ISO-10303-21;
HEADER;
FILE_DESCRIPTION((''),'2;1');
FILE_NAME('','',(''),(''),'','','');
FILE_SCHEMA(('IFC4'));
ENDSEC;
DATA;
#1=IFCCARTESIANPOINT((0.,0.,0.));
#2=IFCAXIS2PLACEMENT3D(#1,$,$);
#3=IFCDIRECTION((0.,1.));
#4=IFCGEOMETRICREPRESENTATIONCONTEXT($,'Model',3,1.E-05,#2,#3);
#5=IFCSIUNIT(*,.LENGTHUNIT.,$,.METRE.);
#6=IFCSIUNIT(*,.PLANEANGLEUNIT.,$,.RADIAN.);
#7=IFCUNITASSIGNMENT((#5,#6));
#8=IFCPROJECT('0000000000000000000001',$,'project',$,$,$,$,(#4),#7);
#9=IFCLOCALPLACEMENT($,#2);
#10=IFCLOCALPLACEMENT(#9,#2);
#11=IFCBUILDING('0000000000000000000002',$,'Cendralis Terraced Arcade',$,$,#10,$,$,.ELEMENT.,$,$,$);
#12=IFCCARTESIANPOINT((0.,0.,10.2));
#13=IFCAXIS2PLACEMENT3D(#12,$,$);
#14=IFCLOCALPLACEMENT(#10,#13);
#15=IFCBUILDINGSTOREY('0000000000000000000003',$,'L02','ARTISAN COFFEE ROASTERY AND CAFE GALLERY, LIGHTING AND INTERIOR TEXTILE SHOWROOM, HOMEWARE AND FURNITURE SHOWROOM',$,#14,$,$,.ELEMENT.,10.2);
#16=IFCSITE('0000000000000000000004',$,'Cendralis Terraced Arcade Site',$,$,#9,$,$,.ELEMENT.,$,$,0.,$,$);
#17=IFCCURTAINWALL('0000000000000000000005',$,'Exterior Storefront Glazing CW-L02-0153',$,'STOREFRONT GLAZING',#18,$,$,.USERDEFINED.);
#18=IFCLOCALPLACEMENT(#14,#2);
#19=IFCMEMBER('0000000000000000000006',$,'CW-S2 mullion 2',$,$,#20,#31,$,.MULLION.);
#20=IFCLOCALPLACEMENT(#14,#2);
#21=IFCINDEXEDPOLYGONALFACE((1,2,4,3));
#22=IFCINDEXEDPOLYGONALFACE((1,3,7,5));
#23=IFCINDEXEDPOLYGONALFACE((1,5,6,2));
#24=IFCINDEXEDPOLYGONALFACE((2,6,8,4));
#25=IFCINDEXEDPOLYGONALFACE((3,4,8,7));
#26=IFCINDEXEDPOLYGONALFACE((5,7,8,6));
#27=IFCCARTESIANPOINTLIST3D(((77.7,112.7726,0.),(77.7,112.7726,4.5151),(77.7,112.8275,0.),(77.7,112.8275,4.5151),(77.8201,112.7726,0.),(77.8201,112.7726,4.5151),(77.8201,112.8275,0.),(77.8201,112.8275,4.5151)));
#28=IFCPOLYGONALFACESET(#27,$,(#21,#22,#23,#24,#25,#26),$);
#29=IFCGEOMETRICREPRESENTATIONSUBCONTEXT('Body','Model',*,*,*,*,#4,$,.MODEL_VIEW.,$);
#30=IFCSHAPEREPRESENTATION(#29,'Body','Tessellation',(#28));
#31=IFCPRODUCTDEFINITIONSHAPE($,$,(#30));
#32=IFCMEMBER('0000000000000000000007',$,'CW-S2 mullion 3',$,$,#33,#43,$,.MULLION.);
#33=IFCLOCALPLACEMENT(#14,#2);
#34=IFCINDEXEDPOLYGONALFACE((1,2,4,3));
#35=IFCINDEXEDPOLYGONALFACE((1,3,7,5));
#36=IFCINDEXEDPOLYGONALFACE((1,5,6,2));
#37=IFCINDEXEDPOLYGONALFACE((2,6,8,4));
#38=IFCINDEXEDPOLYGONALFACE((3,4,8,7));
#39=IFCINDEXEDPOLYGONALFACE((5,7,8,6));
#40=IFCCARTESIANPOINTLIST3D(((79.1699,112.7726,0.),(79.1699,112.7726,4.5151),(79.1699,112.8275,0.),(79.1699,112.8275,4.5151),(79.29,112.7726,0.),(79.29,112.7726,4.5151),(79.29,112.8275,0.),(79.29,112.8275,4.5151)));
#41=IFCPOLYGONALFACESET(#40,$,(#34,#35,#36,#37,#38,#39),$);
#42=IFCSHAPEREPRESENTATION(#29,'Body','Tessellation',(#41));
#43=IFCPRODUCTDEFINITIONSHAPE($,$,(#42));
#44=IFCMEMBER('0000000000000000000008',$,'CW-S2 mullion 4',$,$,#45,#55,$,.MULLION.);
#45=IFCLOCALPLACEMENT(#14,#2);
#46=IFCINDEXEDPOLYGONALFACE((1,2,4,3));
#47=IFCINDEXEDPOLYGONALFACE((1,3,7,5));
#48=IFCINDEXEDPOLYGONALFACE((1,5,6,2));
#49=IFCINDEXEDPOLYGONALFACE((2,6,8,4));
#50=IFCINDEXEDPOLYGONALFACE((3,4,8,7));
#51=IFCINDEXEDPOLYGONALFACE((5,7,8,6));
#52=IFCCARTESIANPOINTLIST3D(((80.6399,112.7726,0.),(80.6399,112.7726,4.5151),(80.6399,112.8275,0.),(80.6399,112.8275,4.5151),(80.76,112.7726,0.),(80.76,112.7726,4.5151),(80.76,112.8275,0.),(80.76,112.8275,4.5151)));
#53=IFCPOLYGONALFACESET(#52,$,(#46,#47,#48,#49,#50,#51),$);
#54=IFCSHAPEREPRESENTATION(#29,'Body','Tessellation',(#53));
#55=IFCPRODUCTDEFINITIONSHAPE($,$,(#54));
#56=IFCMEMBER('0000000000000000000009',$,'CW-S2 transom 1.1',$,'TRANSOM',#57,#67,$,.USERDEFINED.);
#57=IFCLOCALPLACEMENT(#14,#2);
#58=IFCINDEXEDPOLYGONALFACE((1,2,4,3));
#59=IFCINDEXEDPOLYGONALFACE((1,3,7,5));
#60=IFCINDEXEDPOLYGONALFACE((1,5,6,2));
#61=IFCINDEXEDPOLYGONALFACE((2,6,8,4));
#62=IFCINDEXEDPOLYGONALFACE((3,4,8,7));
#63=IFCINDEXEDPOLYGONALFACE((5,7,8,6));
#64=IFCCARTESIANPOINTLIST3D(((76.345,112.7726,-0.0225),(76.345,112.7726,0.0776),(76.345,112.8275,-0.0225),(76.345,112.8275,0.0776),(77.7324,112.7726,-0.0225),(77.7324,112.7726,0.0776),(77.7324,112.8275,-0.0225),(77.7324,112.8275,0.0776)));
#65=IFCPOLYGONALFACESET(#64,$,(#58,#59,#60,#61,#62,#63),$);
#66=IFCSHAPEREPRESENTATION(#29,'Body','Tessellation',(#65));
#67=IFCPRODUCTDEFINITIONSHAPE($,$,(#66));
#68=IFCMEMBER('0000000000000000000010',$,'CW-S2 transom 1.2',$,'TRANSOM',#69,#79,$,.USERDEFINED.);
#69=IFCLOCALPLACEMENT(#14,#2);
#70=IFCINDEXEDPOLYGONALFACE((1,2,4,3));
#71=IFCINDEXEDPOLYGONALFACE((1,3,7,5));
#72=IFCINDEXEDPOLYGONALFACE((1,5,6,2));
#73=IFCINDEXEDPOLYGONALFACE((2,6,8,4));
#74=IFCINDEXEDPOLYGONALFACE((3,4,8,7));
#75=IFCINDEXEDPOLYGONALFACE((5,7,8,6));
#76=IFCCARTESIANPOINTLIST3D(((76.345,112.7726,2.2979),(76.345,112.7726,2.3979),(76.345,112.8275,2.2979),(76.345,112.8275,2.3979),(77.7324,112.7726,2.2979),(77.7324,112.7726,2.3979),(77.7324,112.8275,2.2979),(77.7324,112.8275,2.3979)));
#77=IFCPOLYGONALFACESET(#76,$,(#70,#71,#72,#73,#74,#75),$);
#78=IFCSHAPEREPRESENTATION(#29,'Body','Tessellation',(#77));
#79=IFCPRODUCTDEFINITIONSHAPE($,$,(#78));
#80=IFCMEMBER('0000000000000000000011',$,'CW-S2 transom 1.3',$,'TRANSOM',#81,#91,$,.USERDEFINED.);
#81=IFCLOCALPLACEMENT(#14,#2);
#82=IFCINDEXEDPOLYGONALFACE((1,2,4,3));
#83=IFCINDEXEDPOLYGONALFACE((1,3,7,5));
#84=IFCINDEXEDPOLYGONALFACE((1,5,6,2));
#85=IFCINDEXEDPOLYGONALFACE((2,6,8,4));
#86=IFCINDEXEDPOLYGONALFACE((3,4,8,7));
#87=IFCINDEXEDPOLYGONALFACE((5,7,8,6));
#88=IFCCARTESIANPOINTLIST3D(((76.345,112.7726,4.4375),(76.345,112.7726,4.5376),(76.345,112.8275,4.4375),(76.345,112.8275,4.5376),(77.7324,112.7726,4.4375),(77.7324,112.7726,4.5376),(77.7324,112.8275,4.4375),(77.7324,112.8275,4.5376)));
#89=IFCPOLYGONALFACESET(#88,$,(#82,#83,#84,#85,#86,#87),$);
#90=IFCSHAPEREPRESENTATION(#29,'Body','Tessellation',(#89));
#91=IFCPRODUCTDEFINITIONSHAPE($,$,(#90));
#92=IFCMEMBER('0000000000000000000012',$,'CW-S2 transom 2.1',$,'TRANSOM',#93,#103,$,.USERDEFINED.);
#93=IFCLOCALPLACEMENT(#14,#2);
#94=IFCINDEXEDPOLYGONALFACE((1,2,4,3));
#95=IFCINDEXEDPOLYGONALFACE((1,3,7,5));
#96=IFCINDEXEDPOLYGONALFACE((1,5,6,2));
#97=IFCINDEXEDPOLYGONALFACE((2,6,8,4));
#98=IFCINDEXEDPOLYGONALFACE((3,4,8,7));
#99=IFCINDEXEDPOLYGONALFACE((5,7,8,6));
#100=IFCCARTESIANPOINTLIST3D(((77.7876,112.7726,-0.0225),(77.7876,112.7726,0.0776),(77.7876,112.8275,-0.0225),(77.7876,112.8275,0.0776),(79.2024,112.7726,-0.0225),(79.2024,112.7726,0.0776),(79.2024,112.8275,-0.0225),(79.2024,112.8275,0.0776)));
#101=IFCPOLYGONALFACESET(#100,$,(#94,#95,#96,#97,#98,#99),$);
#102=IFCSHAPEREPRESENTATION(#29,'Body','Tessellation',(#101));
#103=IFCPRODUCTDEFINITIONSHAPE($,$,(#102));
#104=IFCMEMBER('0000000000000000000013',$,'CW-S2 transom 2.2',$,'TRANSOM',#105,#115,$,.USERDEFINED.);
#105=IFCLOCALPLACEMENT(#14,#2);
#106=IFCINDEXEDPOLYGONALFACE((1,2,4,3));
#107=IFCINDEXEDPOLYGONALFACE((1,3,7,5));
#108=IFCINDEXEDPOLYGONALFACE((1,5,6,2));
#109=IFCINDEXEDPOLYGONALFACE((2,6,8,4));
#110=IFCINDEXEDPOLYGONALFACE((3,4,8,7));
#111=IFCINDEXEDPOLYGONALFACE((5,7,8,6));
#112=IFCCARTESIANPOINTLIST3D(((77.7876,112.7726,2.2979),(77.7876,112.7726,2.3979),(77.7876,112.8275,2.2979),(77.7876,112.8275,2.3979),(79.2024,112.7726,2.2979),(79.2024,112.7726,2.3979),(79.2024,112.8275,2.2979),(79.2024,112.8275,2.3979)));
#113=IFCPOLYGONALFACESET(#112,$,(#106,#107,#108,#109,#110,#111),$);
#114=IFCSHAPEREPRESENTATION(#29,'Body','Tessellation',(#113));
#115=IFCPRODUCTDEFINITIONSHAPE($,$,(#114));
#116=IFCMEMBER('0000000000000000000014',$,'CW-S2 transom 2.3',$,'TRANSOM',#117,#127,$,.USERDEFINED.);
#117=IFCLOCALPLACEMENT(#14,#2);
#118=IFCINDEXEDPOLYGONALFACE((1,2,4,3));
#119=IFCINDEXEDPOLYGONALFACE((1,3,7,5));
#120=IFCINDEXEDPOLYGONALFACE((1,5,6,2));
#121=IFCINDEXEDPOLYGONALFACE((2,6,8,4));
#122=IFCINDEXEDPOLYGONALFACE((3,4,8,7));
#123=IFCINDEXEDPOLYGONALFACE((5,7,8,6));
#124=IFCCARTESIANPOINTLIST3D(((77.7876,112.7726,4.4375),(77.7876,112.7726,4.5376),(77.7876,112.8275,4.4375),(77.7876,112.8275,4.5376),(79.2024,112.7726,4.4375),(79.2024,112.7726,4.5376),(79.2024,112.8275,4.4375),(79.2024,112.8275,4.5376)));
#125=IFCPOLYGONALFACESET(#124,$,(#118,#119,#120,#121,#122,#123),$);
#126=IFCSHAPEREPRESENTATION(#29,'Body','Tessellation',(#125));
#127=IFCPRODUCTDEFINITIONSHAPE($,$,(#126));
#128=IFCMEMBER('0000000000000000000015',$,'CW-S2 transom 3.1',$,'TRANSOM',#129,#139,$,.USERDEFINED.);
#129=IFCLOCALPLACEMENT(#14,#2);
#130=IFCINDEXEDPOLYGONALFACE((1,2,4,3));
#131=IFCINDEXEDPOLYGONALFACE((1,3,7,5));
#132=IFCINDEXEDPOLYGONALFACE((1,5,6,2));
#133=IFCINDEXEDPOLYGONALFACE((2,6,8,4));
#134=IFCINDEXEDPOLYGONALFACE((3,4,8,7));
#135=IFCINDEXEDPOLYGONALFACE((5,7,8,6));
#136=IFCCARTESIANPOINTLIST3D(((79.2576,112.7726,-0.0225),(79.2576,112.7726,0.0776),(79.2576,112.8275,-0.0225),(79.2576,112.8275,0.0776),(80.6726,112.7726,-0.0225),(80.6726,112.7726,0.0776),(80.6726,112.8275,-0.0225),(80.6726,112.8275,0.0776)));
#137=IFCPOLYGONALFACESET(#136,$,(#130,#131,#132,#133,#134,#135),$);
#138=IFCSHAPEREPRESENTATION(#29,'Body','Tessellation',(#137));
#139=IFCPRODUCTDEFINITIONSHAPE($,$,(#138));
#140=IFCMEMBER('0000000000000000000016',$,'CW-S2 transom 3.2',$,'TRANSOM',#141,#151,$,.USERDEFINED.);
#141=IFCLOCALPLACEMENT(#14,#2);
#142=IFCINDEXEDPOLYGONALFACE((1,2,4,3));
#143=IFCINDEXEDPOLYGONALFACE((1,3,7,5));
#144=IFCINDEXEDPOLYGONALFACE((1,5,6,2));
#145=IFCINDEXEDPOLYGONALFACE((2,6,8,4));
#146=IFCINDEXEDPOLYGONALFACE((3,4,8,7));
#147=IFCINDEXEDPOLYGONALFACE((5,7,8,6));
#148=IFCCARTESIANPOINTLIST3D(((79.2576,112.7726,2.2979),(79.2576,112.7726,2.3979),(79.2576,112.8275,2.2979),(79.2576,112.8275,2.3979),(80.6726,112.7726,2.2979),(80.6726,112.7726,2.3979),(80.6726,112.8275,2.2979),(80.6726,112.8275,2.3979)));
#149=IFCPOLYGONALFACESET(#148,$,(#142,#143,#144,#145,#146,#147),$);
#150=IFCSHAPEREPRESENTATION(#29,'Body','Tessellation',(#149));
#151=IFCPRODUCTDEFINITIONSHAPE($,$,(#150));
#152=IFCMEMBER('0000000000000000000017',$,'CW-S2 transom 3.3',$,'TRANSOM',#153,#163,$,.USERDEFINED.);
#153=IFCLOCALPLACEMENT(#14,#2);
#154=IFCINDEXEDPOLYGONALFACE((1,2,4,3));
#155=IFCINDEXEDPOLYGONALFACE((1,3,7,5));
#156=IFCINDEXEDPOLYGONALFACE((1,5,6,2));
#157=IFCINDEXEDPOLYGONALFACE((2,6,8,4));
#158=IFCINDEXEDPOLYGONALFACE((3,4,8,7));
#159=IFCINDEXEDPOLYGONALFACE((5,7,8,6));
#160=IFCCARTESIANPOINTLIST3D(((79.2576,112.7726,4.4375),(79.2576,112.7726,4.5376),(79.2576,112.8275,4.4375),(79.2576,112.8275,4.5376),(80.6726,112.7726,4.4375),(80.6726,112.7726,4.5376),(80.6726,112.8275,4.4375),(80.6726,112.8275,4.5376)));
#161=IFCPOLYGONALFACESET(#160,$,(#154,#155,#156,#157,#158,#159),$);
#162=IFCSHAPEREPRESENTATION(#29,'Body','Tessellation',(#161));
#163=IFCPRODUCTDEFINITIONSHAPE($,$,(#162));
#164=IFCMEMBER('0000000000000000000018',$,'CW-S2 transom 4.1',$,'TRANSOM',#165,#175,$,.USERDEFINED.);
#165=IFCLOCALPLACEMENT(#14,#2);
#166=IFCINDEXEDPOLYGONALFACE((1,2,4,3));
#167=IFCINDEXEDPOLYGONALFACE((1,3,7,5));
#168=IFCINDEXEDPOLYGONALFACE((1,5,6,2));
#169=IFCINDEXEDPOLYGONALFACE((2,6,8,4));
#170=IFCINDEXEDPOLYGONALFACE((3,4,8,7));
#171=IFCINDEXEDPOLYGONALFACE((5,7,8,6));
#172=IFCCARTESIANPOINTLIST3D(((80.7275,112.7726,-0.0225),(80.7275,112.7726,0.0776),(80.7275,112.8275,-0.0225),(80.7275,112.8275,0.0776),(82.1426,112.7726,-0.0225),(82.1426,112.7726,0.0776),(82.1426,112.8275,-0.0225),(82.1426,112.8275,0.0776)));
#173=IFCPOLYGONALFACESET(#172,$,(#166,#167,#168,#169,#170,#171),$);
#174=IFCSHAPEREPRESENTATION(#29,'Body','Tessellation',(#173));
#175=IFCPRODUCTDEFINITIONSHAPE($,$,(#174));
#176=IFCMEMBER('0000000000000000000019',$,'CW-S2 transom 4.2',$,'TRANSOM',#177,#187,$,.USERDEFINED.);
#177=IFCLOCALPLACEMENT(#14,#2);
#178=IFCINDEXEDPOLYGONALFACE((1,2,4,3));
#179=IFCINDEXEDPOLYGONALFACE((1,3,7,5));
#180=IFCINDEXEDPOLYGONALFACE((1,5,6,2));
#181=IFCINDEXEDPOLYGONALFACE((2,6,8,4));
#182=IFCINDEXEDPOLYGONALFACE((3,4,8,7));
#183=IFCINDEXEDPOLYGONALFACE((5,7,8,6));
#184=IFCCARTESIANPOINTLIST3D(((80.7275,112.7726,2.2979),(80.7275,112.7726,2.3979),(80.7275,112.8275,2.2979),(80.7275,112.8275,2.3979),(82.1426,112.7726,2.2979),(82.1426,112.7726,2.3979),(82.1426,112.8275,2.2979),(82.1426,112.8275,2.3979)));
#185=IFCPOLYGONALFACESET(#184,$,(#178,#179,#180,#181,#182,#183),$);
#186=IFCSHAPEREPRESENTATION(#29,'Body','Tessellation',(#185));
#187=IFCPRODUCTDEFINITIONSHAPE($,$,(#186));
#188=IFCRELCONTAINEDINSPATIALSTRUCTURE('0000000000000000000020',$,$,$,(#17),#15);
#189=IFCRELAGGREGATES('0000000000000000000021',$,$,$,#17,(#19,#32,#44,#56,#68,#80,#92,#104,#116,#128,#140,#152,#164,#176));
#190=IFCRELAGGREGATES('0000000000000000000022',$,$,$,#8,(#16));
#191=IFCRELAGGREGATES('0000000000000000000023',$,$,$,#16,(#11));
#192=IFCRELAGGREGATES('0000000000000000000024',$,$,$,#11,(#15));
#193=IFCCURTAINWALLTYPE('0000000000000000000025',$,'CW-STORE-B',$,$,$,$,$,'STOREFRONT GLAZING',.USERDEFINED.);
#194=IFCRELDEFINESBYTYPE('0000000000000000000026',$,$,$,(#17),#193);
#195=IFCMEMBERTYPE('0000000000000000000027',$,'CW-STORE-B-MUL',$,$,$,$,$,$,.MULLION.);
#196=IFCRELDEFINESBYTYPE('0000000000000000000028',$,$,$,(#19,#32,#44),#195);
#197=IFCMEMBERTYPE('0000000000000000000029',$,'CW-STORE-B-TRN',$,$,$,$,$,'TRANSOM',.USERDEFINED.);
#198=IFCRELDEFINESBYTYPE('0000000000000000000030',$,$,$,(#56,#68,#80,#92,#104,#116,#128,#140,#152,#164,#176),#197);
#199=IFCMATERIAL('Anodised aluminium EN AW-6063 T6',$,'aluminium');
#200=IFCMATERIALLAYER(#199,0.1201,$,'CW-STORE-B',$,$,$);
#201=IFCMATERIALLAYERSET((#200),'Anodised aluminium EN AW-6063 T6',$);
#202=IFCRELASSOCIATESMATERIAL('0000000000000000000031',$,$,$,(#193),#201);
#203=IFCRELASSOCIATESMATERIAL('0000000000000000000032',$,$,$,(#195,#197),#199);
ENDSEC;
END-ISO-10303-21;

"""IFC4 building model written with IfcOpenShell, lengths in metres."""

from ifc_helpers import new_model, si_unit, direction, frame, origin, origin_2d, place, context, subcontext, project, spatial, rectangle, extrude, material, layer, layer_set, material_profile, profile_set, type_object, element, aggregate, save


model = new_model("IFC4")

# Units and contexts
model_context = context("Model", 3, precision=1e-05, world=origin(), true_north=direction((0.0, 1.0)))
body_context = subcontext(model_context, "Body", "Model", "MODEL_VIEW")
ifc_project = project(units=[si_unit("LENGTHUNIT", "METRE"), si_unit("PLANEANGLEUNIT", "RADIAN")], contexts=[model_context])

# Site, building, storey
site_placement = place(None, origin())
site = spatial("IfcSite", under=ifc_project, at=site_placement, Name="Cendralis Terraced Arcade Site", CompositionType="ELEMENT", RefElevation=0.0)
building_placement = place(site_placement, origin())
building = spatial("IfcBuilding", under=site, at=building_placement, Name="Cendralis Terraced Arcade", CompositionType="ELEMENT")
storey_placement = place(building_placement, frame((0.0, 0.0, 10.2)))
storey = spatial("IfcBuildingStorey", under=building, at=storey_placement, Name="L02", Description="ARTISAN COFFEE ROASTERY AND CAFE GALLERY, LIGHTING AND INTERIOR TEXTILE SHOWROOM, HOMEWARE AND FURNITURE SHOWROOM", CompositionType="ELEMENT", Elevation=10.2)

# Curtain wall, members
ifc_material_1 = material(Name="Anodised aluminium EN AW-6063 T6", Category="aluminium")
ifc_layer_1 = layer(ifc_material_1, 0.1201, Name="CW-STORE-B")
ifc_layer_set_1 = layer_set([ifc_layer_1], Name="Anodised aluminium EN AW-6063 T6")
curtain_wall_type = type_object("IfcCurtainWallType", Name="CW-STORE-B", ElementType="STOREFRONT GLAZING", PredefinedType="USERDEFINED", material=ifc_layer_set_1)
curtain_wall_placement = place(storey_placement, origin())
curtain_wall = element("IfcCurtainWall", 1, at=curtain_wall_placement, inside=storey, type_object=curtain_wall_type, Name="Exterior Storefront Glazing CW-L02-0153", ObjectType="STOREFRONT GLAZING", PredefinedType="USERDEFINED")
ifc_material_profile_1 = material_profile(ifc_material_1, rectangle(XDim=0.0549, YDim=0.1201, at=origin_2d()), Name="ALU-MUL-55x120")
ifc_profile_set_1 = profile_set([ifc_material_profile_1], Name="Anodised aluminium EN AW-6063 T6")
member_type_1 = type_object("IfcMemberType", Name="CW-STORE-B-MUL", PredefinedType="MULLION", material=ifc_profile_set_1)
member_1_placement = place(storey_placement, frame((77.76, 112.8, 0.0), z_axis=(0.0, 0.0, 1.0), x_axis=(0.0, 1.0, 0.0)))
member_1 = element("IfcMember", 2, at=member_1_placement, type_object=member_type_1, Name="CW-S2 mullion 2", PredefinedType="MULLION", context=body_context, shape_type="SweptSolid", body=[
    extrude(rectangle(XDim=0.0549, YDim=0.1201, at=origin_2d()), origin(), (0.0, 0.0, 1.0), 4.5151),
])
member_2_placement = place(storey_placement, frame((79.23, 112.8, 0.0), z_axis=(0.0, 0.0, 1.0), x_axis=(0.0, 1.0, 0.0)))
member_2 = element("IfcMember", 3, at=member_2_placement, type_object=member_type_1, Name="CW-S2 mullion 3", PredefinedType="MULLION", context=body_context, shape_type="SweptSolid", body=[
    extrude(rectangle(XDim=0.0549, YDim=0.1201, at=origin_2d()), origin(), (0.0, 0.0, 1.0), 4.5151),
])
member_3_placement = place(storey_placement, frame((80.7, 112.8, 0.0), z_axis=(0.0, 0.0, 1.0), x_axis=(0.0, 1.0, 0.0)))
member_3 = element("IfcMember", 4, at=member_3_placement, type_object=member_type_1, Name="CW-S2 mullion 4", PredefinedType="MULLION", context=body_context, shape_type="SweptSolid", body=[
    extrude(rectangle(XDim=0.0549, YDim=0.1201, at=origin_2d()), origin(), (0.0, 0.0, 1.0), 4.5151),
])
ifc_material_profile_2 = material_profile(ifc_material_1, rectangle(XDim=0.0549, YDim=0.1001, at=origin_2d()), Name="ALU-TRN-55x100")
ifc_profile_set_2 = profile_set([ifc_material_profile_2], Name="Anodised aluminium EN AW-6063 T6")
member_type_2 = type_object("IfcMemberType", Name="CW-STORE-B-TRN", ElementType="TRANSOM", PredefinedType="USERDEFINED", material=ifc_profile_set_2)
member_4_placement = place(storey_placement, frame((76.345, 112.8, 0.0276), z_axis=(1.0, 0.0, 0.0), x_axis=(0.0, 1.0, 0.0)))
member_4 = element("IfcMember", 5, at=member_4_placement, type_object=member_type_2, Name="CW-S2 transom 1.1", ObjectType="TRANSOM", PredefinedType="USERDEFINED", context=body_context, shape_type="SweptSolid", body=[
    extrude(rectangle(XDim=0.0549, YDim=0.1001, at=origin_2d()), origin(), (0.0, 0.0, 1.0), 1.3875),
])
member_5_placement = place(storey_placement, frame((76.345, 112.8, 2.3479), z_axis=(1.0, 0.0, 0.0), x_axis=(0.0, 1.0, 0.0)))
member_5 = element("IfcMember", 6, at=member_5_placement, type_object=member_type_2, Name="CW-S2 transom 1.2", ObjectType="TRANSOM", PredefinedType="USERDEFINED", context=body_context, shape_type="SweptSolid", body=[
    extrude(rectangle(XDim=0.0549, YDim=0.1001, at=origin_2d()), origin(), (0.0, 0.0, 1.0), 1.3875),
])
member_6_placement = place(storey_placement, frame((76.345, 112.8, 4.4875), z_axis=(1.0, 0.0, 0.0), x_axis=(0.0, 1.0, 0.0)))
member_6 = element("IfcMember", 7, at=member_6_placement, type_object=member_type_2, Name="CW-S2 transom 1.3", ObjectType="TRANSOM", PredefinedType="USERDEFINED", context=body_context, shape_type="SweptSolid", body=[
    extrude(rectangle(XDim=0.0549, YDim=0.1001, at=origin_2d()), origin(), (0.0, 0.0, 1.0), 1.3875),
])
member_7_placement = place(storey_placement, frame((77.7876, 112.8, 0.0276), z_axis=(1.0, 0.0, 0.0), x_axis=(0.0, 1.0, 0.0)))
member_7 = element("IfcMember", 8, at=member_7_placement, type_object=member_type_2, Name="CW-S2 transom 2.1", ObjectType="TRANSOM", PredefinedType="USERDEFINED", context=body_context, shape_type="SweptSolid", body=[
    extrude(rectangle(XDim=0.0549, YDim=0.1001, at=origin_2d()), origin(), (0.0, 0.0, 1.0), 1.4148),
])
member_8_placement = place(storey_placement, frame((77.7876, 112.8, 2.3479), z_axis=(1.0, 0.0, 0.0), x_axis=(0.0, 1.0, 0.0)))
member_8 = element("IfcMember", 9, at=member_8_placement, type_object=member_type_2, Name="CW-S2 transom 2.2", ObjectType="TRANSOM", PredefinedType="USERDEFINED", context=body_context, shape_type="SweptSolid", body=[
    extrude(rectangle(XDim=0.0549, YDim=0.1001, at=origin_2d()), origin(), (0.0, 0.0, 1.0), 1.4148),
])
member_9_placement = place(storey_placement, frame((77.7876, 112.8, 4.4875), z_axis=(1.0, 0.0, 0.0), x_axis=(0.0, 1.0, 0.0)))
member_9 = element("IfcMember", 10, at=member_9_placement, type_object=member_type_2, Name="CW-S2 transom 2.3", ObjectType="TRANSOM", PredefinedType="USERDEFINED", context=body_context, shape_type="SweptSolid", body=[
    extrude(rectangle(XDim=0.0549, YDim=0.1001, at=origin_2d()), origin(), (0.0, 0.0, 1.0), 1.4148),
])
member_10_placement = place(storey_placement, frame((79.2576, 112.8, 0.0276), z_axis=(1.0, 0.0, 0.0), x_axis=(0.0, 1.0, 0.0)))
member_10 = element("IfcMember", 11, at=member_10_placement, type_object=member_type_2, Name="CW-S2 transom 3.1", ObjectType="TRANSOM", PredefinedType="USERDEFINED", context=body_context, shape_type="SweptSolid", body=[
    extrude(rectangle(XDim=0.0549, YDim=0.1001, at=origin_2d()), origin(), (0.0, 0.0, 1.0), 1.415),
])
member_11_placement = place(storey_placement, frame((79.2576, 112.8, 2.3479), z_axis=(1.0, 0.0, 0.0), x_axis=(0.0, 1.0, 0.0)))
member_11 = element("IfcMember", 12, at=member_11_placement, type_object=member_type_2, Name="CW-S2 transom 3.2", ObjectType="TRANSOM", PredefinedType="USERDEFINED", context=body_context, shape_type="SweptSolid", body=[
    extrude(rectangle(XDim=0.0549, YDim=0.1001, at=origin_2d()), origin(), (0.0, 0.0, 1.0), 1.415),
])
member_12_placement = place(storey_placement, frame((79.2576, 112.8, 4.4875), z_axis=(1.0, 0.0, 0.0), x_axis=(0.0, 1.0, 0.0)))
member_12 = element("IfcMember", 13, at=member_12_placement, type_object=member_type_2, Name="CW-S2 transom 3.3", ObjectType="TRANSOM", PredefinedType="USERDEFINED", context=body_context, shape_type="SweptSolid", body=[
    extrude(rectangle(XDim=0.0549, YDim=0.1001, at=origin_2d()), origin(), (0.0, 0.0, 1.0), 1.415),
])
member_13_placement = place(storey_placement, frame((80.7275, 112.8, 0.0276), z_axis=(1.0, 0.0, 0.0), x_axis=(0.0, 1.0, 0.0)))
member_13 = element("IfcMember", 14, at=member_13_placement, type_object=member_type_2, Name="CW-S2 transom 4.1", ObjectType="TRANSOM", PredefinedType="USERDEFINED", context=body_context, shape_type="SweptSolid", body=[
    extrude(rectangle(XDim=0.0549, YDim=0.1001, at=origin_2d()), origin(), (0.0, 0.0, 1.0), 1.415),
])
member_14_placement = place(storey_placement, frame((80.7275, 112.8, 2.3479), z_axis=(1.0, 0.0, 0.0), x_axis=(0.0, 1.0, 0.0)))
member_14 = element("IfcMember", 15, at=member_14_placement, type_object=member_type_2, Name="CW-S2 transom 4.2", ObjectType="TRANSOM", PredefinedType="USERDEFINED", context=body_context, shape_type="SweptSolid", body=[
    extrude(rectangle(XDim=0.0549, YDim=0.1001, at=origin_2d()), origin(), (0.0, 0.0, 1.0), 1.415),
])
aggregate(curtain_wall, [member_1, member_2, member_3, member_4, member_5, member_6, member_7, member_8, member_9, member_10, member_11, member_12, member_13, member_14])

save(model, "model.ifc")
